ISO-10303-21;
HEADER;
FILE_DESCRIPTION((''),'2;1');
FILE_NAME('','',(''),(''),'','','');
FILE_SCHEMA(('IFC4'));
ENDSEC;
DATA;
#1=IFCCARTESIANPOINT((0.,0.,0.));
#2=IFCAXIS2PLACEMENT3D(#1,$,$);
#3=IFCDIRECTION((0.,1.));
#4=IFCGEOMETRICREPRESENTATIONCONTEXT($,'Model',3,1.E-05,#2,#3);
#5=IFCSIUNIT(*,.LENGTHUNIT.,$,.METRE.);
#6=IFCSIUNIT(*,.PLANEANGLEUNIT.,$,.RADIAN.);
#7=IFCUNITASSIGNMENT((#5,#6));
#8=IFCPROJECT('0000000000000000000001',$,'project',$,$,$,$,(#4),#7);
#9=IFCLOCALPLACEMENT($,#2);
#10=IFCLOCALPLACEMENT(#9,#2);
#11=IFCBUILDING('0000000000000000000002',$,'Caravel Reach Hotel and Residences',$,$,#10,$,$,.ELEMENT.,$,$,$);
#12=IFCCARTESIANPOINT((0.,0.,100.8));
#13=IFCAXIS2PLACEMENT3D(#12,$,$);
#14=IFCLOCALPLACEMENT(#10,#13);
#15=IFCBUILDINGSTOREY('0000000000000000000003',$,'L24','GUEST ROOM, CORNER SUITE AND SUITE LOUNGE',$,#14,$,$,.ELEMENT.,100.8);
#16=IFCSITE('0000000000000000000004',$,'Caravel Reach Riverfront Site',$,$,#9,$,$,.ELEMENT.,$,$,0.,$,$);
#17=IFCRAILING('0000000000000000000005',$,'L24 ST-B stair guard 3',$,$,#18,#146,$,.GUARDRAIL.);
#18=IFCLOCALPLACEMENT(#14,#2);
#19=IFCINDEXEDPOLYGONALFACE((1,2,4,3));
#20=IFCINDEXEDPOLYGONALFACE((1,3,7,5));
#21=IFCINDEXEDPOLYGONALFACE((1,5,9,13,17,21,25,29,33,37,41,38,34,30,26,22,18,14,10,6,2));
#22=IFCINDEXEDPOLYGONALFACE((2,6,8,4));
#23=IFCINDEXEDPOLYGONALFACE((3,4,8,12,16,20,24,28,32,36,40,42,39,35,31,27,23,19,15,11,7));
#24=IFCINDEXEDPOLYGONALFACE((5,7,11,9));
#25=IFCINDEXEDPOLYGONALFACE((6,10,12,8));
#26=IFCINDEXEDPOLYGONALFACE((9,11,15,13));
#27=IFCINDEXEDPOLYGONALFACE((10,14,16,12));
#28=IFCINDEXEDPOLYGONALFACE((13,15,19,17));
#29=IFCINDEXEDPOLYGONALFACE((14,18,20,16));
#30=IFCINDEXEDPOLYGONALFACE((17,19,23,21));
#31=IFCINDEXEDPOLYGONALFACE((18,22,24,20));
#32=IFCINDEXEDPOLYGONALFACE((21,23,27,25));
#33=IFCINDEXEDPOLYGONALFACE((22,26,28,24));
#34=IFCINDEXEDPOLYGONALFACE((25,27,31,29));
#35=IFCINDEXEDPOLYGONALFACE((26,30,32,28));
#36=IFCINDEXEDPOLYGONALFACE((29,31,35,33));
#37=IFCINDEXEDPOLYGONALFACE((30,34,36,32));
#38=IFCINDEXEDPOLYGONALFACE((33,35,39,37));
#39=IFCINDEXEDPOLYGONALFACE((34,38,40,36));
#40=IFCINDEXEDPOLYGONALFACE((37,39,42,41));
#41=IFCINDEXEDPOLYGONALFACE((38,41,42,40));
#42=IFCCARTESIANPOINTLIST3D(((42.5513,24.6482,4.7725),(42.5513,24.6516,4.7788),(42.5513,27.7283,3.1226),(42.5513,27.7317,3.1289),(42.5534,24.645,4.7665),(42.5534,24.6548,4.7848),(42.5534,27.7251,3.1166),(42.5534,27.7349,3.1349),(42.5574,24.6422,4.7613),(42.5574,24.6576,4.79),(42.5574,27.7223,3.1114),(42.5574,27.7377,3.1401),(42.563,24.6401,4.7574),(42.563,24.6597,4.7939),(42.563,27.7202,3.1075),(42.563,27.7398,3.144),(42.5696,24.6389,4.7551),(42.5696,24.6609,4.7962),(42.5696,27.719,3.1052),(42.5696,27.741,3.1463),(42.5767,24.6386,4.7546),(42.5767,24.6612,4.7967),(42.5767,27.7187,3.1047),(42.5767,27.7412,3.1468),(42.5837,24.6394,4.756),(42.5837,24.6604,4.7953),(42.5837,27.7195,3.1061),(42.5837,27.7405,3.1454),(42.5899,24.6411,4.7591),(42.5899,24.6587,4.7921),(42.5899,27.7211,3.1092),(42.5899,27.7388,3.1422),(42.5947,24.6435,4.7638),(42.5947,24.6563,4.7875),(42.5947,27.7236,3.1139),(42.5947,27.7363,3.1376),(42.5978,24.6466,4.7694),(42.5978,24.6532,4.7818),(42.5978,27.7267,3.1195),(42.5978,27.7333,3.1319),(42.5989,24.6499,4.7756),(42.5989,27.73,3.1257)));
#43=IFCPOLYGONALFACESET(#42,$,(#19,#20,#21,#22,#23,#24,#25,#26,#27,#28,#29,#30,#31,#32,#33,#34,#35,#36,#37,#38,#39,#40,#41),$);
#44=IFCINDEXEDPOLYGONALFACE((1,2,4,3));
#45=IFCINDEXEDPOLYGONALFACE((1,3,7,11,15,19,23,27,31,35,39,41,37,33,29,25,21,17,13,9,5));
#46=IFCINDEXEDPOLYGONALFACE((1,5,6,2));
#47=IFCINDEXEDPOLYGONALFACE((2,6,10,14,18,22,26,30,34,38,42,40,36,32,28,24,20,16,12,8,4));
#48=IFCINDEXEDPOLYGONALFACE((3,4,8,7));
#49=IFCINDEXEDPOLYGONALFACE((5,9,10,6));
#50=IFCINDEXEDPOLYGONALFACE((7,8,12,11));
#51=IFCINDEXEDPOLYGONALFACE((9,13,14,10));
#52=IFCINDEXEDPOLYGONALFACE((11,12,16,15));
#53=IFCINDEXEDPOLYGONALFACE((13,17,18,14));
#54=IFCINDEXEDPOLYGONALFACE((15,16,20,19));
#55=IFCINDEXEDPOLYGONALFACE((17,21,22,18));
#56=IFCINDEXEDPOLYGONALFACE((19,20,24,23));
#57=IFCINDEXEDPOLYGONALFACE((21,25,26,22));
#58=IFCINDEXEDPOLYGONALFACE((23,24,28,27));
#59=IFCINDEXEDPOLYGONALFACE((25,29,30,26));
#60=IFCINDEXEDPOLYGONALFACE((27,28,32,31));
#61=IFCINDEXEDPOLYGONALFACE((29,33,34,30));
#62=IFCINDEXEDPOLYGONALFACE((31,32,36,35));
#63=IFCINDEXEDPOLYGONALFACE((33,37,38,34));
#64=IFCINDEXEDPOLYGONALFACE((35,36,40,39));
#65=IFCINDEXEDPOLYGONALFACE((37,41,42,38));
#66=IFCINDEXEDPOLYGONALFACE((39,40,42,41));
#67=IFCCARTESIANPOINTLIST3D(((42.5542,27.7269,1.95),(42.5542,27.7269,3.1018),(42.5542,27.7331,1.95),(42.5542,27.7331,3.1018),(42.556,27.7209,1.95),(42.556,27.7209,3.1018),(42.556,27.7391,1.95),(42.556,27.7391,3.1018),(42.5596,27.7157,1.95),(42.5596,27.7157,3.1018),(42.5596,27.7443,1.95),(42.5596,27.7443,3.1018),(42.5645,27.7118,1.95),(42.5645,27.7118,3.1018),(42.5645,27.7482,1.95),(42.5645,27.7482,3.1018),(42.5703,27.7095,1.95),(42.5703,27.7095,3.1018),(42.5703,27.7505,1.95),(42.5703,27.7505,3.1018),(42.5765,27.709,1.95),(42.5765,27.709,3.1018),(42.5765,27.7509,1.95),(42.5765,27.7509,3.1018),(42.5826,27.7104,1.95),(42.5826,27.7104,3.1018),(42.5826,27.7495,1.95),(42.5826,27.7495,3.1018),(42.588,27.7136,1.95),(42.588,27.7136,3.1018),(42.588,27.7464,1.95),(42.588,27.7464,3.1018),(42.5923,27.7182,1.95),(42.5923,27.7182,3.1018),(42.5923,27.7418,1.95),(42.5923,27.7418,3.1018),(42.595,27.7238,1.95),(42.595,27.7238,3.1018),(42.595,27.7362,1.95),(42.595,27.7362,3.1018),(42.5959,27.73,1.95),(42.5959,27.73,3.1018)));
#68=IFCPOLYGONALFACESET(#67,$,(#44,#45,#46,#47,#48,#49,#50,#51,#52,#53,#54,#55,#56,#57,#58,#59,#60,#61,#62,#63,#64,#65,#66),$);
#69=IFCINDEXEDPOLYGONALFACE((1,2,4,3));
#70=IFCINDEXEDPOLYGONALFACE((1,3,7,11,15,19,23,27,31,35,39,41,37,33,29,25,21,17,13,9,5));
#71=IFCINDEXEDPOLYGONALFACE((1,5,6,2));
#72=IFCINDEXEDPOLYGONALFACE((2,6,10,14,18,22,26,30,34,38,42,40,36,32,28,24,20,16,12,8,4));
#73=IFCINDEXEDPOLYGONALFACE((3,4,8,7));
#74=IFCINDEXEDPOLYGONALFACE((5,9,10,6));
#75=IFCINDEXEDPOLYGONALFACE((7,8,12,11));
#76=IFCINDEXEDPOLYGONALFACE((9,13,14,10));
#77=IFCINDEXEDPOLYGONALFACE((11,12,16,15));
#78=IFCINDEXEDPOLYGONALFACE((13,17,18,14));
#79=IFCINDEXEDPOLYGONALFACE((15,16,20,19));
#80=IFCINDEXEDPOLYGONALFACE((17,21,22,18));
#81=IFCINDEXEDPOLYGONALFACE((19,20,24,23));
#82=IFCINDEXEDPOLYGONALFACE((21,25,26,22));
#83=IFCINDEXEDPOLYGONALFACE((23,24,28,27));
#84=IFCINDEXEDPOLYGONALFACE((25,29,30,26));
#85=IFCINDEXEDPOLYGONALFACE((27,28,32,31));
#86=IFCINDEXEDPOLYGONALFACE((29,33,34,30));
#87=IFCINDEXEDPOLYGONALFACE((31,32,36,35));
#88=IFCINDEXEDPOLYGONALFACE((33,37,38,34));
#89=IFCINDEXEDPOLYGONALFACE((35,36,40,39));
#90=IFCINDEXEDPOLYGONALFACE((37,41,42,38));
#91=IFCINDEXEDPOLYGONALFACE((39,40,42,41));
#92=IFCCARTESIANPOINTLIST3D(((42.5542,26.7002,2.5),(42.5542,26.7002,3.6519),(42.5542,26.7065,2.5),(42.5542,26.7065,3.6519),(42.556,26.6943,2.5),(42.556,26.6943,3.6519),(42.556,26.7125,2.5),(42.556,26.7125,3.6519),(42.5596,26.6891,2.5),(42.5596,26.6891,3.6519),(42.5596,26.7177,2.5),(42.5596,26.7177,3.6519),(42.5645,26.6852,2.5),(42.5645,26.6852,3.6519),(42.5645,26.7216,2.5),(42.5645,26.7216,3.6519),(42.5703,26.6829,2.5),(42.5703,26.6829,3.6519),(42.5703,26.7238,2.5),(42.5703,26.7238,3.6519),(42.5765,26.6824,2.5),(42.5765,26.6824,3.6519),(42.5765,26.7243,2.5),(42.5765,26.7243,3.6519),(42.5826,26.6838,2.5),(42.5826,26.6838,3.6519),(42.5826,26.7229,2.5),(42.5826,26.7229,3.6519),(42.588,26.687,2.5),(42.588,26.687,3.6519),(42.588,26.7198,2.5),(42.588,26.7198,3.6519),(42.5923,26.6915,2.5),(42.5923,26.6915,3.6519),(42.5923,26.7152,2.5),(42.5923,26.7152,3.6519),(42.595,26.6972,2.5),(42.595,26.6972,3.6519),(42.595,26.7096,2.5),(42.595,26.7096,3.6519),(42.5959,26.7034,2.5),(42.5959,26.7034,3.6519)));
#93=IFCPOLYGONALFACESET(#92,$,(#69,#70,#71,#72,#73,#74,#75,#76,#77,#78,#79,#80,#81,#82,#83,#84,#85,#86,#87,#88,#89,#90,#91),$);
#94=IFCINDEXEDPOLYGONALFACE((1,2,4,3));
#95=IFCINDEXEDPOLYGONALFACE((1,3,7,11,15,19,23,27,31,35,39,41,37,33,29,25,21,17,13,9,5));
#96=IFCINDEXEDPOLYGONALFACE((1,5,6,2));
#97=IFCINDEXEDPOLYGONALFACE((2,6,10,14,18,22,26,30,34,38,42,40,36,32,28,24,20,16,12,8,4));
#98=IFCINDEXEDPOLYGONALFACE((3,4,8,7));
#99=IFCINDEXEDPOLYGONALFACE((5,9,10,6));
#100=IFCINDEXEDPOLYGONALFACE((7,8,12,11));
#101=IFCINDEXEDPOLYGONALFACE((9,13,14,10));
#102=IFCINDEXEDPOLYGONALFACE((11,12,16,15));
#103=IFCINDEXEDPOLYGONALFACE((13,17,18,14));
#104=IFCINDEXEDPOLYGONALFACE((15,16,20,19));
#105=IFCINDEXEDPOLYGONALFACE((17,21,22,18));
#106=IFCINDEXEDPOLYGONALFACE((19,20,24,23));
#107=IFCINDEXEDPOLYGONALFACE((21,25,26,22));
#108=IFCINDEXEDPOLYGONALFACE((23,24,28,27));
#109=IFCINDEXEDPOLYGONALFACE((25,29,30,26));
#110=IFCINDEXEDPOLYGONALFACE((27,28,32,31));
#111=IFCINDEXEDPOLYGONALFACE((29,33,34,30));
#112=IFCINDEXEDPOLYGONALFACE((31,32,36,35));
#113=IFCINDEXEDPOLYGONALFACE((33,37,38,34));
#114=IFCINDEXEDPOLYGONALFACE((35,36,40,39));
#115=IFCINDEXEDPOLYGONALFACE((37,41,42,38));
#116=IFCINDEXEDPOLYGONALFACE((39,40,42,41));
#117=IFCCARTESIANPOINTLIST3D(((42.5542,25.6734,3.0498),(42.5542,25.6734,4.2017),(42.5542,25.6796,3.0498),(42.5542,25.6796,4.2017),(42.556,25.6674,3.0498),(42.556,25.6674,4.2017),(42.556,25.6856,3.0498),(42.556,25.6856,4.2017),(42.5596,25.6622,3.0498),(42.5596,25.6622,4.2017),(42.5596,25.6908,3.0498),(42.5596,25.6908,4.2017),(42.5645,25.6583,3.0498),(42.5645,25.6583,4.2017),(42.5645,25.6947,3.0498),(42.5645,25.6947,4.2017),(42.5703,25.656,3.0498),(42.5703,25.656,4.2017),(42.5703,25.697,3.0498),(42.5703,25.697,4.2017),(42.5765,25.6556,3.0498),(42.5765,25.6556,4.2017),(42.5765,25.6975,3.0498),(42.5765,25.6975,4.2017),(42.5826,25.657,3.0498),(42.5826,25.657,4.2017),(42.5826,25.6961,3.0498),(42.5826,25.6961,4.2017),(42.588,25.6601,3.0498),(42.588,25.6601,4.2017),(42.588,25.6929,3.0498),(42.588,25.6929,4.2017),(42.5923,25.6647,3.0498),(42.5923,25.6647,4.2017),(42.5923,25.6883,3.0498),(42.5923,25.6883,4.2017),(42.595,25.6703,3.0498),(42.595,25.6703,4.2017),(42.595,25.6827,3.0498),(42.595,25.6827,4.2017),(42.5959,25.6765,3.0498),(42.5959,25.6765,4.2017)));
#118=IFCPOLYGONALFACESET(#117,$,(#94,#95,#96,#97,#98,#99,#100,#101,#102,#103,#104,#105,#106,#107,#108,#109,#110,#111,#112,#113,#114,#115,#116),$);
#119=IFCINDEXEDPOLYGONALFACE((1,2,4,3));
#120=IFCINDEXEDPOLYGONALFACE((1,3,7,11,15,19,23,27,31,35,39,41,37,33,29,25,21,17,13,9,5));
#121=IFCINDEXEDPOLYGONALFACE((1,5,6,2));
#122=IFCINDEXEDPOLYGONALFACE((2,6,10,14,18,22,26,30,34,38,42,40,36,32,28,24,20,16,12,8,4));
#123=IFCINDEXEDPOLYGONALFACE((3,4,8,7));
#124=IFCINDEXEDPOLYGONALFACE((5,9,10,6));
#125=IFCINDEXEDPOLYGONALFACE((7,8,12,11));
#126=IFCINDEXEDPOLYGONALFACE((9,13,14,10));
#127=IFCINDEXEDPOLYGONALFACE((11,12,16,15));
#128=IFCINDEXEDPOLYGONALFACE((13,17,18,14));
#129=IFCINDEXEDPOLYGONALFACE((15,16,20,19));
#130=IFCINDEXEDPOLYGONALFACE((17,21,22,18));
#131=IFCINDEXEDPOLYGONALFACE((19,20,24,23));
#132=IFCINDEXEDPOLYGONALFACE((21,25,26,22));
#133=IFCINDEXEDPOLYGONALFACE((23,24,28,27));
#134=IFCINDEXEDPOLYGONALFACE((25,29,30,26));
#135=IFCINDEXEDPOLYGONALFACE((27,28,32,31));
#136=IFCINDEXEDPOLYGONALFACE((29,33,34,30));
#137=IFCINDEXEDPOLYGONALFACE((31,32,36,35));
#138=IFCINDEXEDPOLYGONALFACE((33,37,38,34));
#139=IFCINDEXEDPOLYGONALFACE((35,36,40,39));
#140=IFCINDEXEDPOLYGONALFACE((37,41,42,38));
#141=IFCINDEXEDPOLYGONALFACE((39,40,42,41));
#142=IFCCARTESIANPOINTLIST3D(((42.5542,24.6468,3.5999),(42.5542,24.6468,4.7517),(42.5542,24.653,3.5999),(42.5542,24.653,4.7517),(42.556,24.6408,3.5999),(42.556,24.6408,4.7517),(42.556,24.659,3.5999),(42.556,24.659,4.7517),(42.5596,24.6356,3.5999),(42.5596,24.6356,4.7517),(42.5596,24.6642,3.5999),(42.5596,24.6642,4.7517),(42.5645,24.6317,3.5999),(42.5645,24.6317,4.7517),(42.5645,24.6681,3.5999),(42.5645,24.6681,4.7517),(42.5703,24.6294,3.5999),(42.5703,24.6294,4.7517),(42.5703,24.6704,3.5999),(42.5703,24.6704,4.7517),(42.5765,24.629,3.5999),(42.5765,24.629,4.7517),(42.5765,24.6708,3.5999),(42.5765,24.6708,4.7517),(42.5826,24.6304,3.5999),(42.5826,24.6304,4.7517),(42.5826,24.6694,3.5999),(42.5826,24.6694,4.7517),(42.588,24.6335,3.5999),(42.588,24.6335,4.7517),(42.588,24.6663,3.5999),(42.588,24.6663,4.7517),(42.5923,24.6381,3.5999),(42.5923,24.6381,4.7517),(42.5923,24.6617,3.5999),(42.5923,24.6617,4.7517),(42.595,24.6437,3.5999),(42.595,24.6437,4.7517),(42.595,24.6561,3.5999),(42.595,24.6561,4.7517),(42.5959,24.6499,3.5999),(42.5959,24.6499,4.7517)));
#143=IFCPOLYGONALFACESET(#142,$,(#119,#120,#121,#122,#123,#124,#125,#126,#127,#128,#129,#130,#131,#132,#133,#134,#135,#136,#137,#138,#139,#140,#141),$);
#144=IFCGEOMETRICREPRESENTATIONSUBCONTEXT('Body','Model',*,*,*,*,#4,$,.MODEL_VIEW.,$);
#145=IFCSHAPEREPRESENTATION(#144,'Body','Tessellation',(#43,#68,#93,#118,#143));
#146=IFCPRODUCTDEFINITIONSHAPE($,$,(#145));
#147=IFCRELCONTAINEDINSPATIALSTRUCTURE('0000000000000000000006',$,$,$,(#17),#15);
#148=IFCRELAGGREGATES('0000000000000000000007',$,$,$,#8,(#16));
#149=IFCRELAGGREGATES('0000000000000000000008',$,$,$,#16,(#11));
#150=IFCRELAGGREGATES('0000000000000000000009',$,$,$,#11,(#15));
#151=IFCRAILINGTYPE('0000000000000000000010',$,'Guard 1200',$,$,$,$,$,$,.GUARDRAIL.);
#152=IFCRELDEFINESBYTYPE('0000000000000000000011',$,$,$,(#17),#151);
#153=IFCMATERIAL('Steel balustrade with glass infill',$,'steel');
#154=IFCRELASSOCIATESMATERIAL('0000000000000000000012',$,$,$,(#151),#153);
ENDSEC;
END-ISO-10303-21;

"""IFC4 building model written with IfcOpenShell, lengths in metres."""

from ifc_helpers import new_model, si_unit, direction, frame, origin, origin_2d, place, context, subcontext, project, spatial, circle, extrude, material, type_object, element, save


model = new_model("IFC4")

# Units and contexts
model_context = context("Model", 3, precision=1e-05, world=origin(), true_north=direction((0.0, 1.0)))
body_context = subcontext(model_context, "Body", "Model", "MODEL_VIEW")
ifc_project = project(units=[si_unit("LENGTHUNIT", "METRE"), si_unit("PLANEANGLEUNIT", "RADIAN")], contexts=[model_context])

# Site, building, storey
site_placement = place(None, origin())
site = spatial("IfcSite", under=ifc_project, at=site_placement, Name="Caravel Reach Riverfront Site", CompositionType="ELEMENT", RefElevation=0.0)
building_placement = place(site_placement, origin())
building = spatial("IfcBuilding", under=site, at=building_placement, Name="Caravel Reach Hotel and Residences", CompositionType="ELEMENT")
storey_placement = place(building_placement, frame((0.0, 0.0, 100.8)))
storey = spatial("IfcBuildingStorey", under=building, at=storey_placement, Name="L24", Description="GUEST ROOM, CORNER SUITE AND SUITE LOUNGE", CompositionType="ELEMENT", Elevation=100.8)

# Railing
ifc_material_1 = material(Name="Steel balustrade with glass infill", Category="steel")
railing_type_1 = type_object("IfcRailingType", Name="Guard 1200", PredefinedType="GUARDRAIL", material=ifc_material_1)
railing_1_placement = place(storey_placement, frame((42.575, 27.73, 1.95)))
element("IfcRailing", 1, at=railing_1_placement, inside=storey, type_object=railing_type_1, Name="L24 ST-B stair guard 3", PredefinedType="GUARDRAIL", context=body_context, shape_type="SweptSolid", body=[
    extrude(circle(Radius=0.0239, at=origin_2d()), frame((0.0, 0.0, 1.1758), z_axis=(0.0, -0.881497, 0.47219), x_axis=(1.0, 0.0, 0.0)), (0.0, 0.0, 1.0), 3.4941),
    extrude(circle(Radius=0.021, at=origin_2d()), origin(), (0.0, 0.0, 1.0), 1.1519),
    extrude(circle(Radius=0.021, at=origin_2d()), frame((0.0, -1.0266, 0.55)), (0.0, 0.0, 1.0), 1.1519),
    extrude(circle(Radius=0.021, at=origin_2d()), frame((0.0, -2.0535, 1.0999)), (0.0, 0.0, 1.0), 1.1519),
    extrude(circle(Radius=0.021, at=origin_2d()), frame((0.0, -3.0801, 1.6499)), (0.0, 0.0, 1.0), 1.1519),
])

save(model, "model.ifc")
